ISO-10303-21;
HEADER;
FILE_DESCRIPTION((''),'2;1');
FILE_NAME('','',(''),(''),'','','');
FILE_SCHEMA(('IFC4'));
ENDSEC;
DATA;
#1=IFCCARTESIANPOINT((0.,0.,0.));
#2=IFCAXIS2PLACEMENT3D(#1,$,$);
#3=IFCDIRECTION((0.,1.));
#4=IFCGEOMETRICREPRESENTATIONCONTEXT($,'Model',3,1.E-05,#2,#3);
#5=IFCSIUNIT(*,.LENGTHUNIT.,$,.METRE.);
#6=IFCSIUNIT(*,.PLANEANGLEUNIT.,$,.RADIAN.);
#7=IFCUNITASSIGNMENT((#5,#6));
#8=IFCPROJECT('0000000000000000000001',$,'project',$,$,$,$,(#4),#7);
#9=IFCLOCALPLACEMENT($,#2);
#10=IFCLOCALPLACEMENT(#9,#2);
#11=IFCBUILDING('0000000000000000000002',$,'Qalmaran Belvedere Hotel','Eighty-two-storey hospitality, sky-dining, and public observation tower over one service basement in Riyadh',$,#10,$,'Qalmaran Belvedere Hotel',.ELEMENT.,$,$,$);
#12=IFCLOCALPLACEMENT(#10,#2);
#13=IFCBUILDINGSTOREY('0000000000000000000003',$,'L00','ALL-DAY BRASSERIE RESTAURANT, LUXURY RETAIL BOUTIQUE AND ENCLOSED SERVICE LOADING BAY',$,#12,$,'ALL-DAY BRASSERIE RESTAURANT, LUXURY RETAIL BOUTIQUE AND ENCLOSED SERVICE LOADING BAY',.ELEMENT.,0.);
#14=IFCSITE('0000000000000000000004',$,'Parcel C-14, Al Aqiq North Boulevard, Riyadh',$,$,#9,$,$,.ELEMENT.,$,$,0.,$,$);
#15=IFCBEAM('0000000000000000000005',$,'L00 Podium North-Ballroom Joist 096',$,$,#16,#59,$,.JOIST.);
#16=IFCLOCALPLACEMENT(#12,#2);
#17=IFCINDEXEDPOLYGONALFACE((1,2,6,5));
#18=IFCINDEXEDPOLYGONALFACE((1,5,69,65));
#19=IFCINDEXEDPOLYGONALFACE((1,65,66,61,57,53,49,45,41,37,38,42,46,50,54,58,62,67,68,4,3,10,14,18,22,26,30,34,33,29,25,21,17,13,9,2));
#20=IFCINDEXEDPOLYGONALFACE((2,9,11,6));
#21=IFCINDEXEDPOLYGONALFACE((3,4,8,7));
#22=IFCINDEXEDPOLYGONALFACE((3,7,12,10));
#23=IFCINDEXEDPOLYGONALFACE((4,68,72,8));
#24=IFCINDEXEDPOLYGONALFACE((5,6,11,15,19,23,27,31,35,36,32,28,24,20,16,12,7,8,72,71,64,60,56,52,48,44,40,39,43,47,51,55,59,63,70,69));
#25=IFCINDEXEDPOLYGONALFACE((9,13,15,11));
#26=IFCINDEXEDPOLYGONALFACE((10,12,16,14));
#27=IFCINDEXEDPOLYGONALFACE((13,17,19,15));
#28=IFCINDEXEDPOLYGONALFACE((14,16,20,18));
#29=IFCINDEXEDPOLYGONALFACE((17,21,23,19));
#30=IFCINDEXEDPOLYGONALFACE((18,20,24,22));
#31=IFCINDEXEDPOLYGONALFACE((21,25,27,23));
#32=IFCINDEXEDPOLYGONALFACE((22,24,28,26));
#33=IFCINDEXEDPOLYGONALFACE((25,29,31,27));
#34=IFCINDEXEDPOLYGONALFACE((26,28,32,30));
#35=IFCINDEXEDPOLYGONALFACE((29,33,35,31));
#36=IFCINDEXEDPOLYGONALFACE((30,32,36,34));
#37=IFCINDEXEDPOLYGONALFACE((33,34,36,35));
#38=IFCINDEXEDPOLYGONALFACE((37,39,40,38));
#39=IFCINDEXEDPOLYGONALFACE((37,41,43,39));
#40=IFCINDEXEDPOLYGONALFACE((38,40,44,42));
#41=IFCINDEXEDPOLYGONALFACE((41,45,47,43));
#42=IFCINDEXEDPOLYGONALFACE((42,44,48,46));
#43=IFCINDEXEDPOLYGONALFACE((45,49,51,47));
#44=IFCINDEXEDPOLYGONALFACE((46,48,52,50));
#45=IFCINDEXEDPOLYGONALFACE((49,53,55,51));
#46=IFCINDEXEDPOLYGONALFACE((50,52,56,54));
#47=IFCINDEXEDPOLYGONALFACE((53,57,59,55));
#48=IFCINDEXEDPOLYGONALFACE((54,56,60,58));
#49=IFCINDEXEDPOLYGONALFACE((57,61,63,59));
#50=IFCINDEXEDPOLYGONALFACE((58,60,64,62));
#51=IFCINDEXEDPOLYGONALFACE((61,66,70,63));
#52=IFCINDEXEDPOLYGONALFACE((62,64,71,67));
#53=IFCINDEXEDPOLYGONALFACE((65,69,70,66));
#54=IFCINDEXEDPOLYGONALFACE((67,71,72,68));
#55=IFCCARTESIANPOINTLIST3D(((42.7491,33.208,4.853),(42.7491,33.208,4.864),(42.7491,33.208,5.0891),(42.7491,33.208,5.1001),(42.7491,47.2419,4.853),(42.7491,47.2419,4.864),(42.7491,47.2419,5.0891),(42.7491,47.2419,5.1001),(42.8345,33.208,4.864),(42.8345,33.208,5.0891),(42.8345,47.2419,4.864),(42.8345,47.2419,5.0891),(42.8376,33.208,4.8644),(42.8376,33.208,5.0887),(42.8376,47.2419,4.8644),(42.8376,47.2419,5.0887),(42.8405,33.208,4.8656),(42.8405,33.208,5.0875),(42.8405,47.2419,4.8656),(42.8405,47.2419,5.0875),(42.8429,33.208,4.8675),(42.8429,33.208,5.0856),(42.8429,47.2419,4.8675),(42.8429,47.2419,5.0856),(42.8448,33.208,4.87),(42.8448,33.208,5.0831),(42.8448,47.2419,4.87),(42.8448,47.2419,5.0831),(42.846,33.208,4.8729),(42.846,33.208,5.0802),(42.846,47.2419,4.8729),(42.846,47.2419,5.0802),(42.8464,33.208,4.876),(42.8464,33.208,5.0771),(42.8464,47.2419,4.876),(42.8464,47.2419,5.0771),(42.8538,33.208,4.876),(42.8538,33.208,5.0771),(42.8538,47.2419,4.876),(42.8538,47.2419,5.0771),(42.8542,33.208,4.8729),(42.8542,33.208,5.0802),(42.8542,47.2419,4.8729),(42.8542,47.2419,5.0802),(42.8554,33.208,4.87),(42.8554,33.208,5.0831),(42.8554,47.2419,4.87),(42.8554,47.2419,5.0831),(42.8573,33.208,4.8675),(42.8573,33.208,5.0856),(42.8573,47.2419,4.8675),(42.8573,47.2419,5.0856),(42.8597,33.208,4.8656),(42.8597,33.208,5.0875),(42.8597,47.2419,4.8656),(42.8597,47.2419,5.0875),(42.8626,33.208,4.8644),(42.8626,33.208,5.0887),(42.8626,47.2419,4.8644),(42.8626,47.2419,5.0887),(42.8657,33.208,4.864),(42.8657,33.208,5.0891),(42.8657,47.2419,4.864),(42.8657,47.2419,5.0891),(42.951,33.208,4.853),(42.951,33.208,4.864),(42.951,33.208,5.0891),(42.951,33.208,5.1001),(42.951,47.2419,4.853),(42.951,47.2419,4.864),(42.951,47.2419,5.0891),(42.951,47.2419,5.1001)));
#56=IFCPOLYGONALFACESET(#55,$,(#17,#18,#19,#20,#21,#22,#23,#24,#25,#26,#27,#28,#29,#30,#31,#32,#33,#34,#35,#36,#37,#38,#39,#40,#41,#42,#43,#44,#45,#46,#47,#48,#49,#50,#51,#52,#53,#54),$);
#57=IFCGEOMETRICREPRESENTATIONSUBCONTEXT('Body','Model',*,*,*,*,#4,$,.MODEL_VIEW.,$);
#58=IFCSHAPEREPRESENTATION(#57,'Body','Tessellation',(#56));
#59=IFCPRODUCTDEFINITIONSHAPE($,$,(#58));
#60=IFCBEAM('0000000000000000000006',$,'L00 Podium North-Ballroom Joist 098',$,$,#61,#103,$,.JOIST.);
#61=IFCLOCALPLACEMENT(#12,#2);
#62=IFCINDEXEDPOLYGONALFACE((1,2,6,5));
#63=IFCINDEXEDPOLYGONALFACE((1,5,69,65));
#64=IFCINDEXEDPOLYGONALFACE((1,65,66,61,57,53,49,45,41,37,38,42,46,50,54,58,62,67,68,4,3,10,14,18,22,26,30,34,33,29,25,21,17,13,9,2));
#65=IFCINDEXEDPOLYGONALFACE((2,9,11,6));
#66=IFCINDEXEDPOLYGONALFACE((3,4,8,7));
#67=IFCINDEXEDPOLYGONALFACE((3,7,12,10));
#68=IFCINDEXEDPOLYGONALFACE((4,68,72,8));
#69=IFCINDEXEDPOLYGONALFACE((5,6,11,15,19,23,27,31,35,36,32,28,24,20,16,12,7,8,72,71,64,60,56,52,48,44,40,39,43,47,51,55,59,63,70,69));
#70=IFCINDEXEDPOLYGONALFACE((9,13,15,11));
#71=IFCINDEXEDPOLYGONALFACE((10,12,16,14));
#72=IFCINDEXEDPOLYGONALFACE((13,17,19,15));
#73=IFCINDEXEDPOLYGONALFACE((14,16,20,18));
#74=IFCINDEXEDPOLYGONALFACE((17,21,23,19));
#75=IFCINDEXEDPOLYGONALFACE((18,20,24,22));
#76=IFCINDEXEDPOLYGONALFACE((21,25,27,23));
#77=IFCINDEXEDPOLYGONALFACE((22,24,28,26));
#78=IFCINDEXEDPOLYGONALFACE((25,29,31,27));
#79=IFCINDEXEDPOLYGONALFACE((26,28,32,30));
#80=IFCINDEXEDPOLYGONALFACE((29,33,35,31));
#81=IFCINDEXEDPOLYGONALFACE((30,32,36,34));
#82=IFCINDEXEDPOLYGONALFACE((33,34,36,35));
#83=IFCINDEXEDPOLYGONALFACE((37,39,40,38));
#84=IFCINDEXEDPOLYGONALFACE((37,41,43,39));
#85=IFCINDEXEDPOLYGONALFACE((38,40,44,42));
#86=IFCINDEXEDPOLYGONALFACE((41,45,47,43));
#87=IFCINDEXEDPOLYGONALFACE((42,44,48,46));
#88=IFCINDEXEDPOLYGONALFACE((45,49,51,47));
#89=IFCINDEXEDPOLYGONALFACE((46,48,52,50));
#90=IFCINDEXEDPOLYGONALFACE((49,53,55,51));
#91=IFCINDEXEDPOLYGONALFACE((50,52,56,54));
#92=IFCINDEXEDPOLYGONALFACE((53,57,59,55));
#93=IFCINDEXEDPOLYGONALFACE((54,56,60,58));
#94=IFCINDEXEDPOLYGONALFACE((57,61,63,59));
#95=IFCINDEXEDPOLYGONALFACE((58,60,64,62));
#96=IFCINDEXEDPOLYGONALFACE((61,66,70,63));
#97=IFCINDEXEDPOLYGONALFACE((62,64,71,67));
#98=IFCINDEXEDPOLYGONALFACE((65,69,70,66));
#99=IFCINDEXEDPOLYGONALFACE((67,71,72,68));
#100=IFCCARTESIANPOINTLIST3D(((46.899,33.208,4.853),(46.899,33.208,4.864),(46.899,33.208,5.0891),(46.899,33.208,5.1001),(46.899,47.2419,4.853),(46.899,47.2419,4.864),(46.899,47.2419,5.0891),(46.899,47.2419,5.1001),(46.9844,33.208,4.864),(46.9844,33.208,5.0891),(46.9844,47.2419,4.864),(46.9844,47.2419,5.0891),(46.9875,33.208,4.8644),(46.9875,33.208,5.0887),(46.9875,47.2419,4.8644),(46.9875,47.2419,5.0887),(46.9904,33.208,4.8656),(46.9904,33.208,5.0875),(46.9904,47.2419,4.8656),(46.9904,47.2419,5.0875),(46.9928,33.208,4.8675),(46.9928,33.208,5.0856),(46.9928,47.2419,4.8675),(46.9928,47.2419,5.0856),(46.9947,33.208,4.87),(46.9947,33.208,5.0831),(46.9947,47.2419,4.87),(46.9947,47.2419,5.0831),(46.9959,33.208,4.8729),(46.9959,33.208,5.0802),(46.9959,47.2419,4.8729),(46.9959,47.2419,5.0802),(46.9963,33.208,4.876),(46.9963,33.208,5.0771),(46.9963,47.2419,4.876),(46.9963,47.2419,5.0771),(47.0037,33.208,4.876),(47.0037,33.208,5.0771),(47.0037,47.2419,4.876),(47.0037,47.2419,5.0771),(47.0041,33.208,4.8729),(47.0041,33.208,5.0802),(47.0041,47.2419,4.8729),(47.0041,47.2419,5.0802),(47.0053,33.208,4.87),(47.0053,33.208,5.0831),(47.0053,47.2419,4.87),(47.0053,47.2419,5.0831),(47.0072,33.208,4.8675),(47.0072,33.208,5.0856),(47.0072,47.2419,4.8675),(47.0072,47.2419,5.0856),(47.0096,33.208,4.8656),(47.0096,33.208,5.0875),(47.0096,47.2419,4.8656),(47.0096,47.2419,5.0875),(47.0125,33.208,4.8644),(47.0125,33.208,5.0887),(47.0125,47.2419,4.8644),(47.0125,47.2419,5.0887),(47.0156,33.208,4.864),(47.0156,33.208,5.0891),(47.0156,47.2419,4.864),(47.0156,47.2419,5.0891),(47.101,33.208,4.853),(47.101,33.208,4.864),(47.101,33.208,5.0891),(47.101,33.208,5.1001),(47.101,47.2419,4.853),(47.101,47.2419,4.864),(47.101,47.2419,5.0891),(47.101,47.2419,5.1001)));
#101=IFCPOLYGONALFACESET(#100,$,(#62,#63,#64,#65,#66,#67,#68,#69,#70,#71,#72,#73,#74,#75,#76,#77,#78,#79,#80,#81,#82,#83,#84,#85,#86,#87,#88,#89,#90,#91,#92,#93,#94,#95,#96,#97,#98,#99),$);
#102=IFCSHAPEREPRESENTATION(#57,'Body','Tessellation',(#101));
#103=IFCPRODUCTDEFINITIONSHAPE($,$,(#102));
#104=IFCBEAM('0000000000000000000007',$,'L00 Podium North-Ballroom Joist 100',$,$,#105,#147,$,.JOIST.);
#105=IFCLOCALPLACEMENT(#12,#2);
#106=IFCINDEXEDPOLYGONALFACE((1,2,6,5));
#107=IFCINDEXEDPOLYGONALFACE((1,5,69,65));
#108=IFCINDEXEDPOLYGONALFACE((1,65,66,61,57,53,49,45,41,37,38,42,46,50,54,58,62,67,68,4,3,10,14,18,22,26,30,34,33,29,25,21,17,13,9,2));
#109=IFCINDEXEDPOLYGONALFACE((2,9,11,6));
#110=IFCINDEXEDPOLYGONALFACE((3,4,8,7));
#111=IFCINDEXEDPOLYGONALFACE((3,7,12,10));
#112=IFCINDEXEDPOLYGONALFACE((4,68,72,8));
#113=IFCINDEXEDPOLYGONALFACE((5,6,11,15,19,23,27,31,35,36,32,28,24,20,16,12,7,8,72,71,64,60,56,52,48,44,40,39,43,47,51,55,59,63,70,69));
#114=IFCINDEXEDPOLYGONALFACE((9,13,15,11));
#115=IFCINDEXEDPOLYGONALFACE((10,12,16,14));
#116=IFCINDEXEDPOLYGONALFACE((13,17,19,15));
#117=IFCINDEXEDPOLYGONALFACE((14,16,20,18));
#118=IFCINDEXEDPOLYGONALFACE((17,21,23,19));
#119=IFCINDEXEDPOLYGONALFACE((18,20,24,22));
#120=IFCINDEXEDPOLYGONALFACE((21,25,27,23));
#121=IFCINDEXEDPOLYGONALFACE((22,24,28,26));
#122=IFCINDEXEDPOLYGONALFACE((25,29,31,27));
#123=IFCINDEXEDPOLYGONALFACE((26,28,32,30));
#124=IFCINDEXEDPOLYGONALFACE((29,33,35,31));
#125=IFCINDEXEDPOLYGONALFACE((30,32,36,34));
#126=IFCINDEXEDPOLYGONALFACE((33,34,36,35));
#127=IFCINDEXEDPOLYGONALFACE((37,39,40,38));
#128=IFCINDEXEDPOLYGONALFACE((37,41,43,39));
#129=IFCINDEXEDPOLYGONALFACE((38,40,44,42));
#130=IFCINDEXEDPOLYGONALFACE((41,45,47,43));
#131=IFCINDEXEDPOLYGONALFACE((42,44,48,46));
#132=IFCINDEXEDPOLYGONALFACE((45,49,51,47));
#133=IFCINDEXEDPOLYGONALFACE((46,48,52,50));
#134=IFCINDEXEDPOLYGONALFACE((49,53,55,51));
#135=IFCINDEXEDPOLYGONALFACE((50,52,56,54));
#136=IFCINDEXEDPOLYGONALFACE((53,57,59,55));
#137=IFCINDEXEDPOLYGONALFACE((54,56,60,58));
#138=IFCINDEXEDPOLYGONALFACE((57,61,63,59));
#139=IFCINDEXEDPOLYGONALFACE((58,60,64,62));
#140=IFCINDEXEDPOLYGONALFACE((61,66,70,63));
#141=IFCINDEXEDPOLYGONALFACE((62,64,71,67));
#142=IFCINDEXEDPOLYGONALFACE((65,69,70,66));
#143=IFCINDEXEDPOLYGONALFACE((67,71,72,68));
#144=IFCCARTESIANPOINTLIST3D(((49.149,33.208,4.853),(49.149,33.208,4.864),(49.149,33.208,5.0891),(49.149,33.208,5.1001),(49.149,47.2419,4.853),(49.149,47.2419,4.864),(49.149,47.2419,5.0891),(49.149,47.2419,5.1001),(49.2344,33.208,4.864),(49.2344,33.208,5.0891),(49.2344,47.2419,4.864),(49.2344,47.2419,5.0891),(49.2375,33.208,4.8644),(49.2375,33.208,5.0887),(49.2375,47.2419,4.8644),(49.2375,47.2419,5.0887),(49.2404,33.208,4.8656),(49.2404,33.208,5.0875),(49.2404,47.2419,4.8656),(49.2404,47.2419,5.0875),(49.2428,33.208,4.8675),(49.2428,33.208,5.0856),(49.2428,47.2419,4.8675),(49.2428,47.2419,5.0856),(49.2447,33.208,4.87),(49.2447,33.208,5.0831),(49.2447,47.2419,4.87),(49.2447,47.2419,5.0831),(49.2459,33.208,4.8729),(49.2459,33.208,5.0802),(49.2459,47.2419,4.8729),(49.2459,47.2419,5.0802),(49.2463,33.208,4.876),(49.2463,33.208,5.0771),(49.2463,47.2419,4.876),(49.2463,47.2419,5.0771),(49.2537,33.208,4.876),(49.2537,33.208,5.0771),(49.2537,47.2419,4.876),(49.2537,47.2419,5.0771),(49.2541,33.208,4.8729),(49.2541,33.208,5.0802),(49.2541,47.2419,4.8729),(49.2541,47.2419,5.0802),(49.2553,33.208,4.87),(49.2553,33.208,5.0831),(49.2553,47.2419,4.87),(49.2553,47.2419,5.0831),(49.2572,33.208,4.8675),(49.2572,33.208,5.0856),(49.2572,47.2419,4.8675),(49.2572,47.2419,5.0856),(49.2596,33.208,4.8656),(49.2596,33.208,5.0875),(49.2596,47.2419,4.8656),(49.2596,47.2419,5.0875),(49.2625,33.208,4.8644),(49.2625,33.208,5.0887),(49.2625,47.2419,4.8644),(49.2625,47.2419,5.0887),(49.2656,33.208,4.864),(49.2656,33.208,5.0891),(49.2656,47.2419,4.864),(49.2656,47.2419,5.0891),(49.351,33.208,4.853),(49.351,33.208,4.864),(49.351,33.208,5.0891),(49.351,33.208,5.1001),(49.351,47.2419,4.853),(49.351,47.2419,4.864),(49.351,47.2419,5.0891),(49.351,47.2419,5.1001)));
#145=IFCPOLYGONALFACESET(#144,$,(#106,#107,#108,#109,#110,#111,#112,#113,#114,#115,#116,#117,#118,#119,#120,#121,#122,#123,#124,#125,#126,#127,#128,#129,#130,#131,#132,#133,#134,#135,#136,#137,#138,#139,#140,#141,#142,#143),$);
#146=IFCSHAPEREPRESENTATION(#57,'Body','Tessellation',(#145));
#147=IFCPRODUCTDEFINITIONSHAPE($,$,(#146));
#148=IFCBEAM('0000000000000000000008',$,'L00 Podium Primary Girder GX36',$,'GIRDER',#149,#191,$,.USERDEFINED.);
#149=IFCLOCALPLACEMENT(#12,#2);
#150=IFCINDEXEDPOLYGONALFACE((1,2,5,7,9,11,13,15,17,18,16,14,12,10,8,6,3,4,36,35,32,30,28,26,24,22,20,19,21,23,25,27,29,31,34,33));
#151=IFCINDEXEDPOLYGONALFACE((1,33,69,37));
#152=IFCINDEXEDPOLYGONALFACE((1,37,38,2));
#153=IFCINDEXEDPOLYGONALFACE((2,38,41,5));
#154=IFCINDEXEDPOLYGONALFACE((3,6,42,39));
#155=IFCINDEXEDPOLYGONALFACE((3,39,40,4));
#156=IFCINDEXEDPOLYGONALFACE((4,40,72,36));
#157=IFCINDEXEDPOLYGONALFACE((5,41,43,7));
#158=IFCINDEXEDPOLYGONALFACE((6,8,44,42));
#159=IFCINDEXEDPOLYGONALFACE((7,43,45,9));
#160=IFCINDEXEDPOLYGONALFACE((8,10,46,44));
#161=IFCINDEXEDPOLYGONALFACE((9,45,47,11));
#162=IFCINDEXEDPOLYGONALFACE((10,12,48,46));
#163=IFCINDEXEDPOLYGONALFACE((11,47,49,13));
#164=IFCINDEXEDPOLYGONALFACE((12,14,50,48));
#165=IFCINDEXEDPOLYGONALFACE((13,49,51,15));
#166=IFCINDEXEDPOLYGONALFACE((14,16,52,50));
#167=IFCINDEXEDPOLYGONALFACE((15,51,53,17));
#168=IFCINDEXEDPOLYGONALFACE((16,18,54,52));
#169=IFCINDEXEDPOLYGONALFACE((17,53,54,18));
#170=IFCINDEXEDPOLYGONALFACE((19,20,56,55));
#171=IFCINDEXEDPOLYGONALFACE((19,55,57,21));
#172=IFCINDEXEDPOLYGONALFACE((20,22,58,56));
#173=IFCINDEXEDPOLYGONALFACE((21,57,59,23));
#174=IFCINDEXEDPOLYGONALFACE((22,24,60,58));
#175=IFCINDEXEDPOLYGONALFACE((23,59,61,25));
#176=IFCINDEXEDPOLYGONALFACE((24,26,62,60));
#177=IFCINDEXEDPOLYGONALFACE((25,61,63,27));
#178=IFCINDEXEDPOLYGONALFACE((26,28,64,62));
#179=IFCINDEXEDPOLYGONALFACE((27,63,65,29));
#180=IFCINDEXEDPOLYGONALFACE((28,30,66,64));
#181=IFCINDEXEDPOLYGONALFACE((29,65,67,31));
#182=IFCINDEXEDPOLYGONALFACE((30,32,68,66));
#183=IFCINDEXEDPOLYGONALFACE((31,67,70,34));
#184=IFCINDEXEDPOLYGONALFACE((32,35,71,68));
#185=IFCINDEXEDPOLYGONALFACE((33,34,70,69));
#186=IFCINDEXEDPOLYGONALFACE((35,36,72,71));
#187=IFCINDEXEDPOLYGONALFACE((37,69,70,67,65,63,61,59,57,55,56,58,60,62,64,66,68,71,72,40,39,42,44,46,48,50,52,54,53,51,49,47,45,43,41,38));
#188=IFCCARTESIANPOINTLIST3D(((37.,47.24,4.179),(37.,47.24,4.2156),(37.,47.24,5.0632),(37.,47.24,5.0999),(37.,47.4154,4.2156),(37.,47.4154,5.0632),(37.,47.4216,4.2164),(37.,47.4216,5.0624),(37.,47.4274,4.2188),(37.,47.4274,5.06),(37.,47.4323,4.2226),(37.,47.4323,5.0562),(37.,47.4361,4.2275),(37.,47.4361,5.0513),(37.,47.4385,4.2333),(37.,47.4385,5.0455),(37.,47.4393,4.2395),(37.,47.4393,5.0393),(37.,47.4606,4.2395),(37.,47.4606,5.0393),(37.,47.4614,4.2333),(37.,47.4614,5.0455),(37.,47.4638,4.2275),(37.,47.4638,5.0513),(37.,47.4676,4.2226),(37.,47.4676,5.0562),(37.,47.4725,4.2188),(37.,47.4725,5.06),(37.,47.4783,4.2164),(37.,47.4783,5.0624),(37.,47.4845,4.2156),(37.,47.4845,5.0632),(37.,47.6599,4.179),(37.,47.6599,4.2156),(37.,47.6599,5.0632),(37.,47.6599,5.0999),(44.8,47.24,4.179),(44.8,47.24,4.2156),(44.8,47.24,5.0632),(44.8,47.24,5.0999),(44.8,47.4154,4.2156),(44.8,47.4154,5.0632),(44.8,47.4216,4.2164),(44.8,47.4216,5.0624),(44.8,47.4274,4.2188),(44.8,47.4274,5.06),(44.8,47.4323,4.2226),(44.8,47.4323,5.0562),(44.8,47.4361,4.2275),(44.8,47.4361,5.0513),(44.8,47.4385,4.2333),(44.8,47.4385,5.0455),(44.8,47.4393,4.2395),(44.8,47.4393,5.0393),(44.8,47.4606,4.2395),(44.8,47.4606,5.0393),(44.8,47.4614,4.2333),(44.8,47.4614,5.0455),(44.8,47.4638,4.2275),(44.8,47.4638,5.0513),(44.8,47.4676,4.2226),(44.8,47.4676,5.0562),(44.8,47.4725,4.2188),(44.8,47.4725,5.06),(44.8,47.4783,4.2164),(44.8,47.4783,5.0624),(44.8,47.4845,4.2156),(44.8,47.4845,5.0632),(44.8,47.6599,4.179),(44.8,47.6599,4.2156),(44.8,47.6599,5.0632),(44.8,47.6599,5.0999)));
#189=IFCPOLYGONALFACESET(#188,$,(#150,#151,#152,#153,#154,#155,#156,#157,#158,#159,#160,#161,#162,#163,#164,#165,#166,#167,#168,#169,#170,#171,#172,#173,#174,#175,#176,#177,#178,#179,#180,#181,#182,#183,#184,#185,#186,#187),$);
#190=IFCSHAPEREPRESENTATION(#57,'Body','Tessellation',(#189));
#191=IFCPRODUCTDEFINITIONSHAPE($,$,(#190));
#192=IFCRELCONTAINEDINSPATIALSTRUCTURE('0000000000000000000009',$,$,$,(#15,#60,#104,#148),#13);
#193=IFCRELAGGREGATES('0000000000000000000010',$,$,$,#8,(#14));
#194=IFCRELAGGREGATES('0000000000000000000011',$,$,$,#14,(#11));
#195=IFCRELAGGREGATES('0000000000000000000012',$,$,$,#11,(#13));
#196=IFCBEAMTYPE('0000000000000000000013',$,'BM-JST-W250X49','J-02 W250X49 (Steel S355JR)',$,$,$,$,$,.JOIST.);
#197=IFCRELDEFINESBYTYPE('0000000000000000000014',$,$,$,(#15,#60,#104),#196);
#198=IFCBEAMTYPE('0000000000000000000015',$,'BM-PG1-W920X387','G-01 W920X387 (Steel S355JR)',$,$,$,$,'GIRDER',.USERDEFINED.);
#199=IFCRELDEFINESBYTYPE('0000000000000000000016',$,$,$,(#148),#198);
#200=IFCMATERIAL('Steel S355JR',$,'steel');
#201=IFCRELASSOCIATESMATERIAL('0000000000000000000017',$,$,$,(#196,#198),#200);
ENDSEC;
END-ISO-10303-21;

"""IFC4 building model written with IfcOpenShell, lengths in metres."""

from ifc_helpers import new_model, si_unit, direction, frame, origin, origin_2d, place, context, subcontext, project, spatial, i_section, extrude, material, material_profile, profile_set, type_object, element, save


model = new_model("IFC4")

# Units and contexts
model_context = context("Model", 3, precision=1e-05, world=origin(), true_north=direction((0.0, 1.0)))
body_context = subcontext(model_context, "Body", "Model", "MODEL_VIEW")
ifc_project = project(units=[si_unit("LENGTHUNIT", "METRE"), si_unit("PLANEANGLEUNIT", "RADIAN")], contexts=[model_context])

# Site, building, storey
site_placement = place(None, origin())
site = spatial("IfcSite", under=ifc_project, at=site_placement, Name="Parcel C-14, Al Aqiq North Boulevard, Riyadh", CompositionType="ELEMENT", RefElevation=0.0)
building_placement = place(site_placement, origin())
building = spatial("IfcBuilding", under=site, at=building_placement, Name="Qalmaran Belvedere Hotel", Description="Eighty-two-storey hospitality, sky-dining, and public observation tower over one service basement in Riyadh", LongName="Qalmaran Belvedere Hotel", CompositionType="ELEMENT")
storey_placement = place(building_placement, origin())
storey = spatial("IfcBuildingStorey", under=building, at=storey_placement, Name="L00", Description="ALL-DAY BRASSERIE RESTAURANT, LUXURY RETAIL BOUTIQUE AND ENCLOSED SERVICE LOADING BAY", LongName="ALL-DAY BRASSERIE RESTAURANT, LUXURY RETAIL BOUTIQUE AND ENCLOSED SERVICE LOADING BAY", CompositionType="ELEMENT", Elevation=0.0)

# Beams
ifc_material_1 = material(Name="Steel S355JR", Category="steel")
ifc_material_profile_1 = material_profile(ifc_material_1, i_section(OverallWidth=0.2019, OverallDepth=0.2471, WebThickness=0.0073, FlangeThickness=0.011, FilletRadius=0.012, at=origin_2d()), Name="W250X49")
ifc_profile_set_1 = profile_set([ifc_material_profile_1], Name="Steel S355JR")
beam_type_1 = type_object("IfcBeamType", Name="BM-JST-W250X49", Description="J-02 W250X49 (Steel S355JR)", PredefinedType="JOIST", material=ifc_profile_set_1)
for number, where, z_axis, x_axis, name in (
    (1, (42.8501, 33.208, 4.9766), (0.0, 1.0, 0.0), (-1.0, 0.0, 0.0), "L00 Podium North-Ballroom Joist 096"),
    (2, (47.0, 33.208, 4.9766), (0.0, 1.0, 0.0), (-1.0, 0.0, 0.0), "L00 Podium North-Ballroom Joist 098"),
    (3, (49.25, 33.208, 4.9766), (0.0, 1.0, 0.0), (-1.0, 0.0, 0.0), "L00 Podium North-Ballroom Joist 100"),
):
    element("IfcBeam", number, at=place(storey_placement, frame(where, z_axis=z_axis, x_axis=x_axis)), inside=storey, type_object=beam_type_1, Name=name, PredefinedType="JOIST", context=body_context, shape_type="SweptSolid", body=[
        extrude(i_section(OverallWidth=0.2019, OverallDepth=0.2471, WebThickness=0.0073, FlangeThickness=0.011, FilletRadius=0.012, at=origin_2d()), origin(), (0.0, 0.0, 1.0), 14.0339),
    ])
ifc_material_profile_2 = material_profile(ifc_material_1, i_section(OverallWidth=0.4199, OverallDepth=0.9209, WebThickness=0.0212, FlangeThickness=0.0366, FilletRadius=0.0239, at=origin_2d()), Name="W920X387")
ifc_profile_set_2 = profile_set([ifc_material_profile_2], Name="Steel S355JR")
beam_type_2 = type_object("IfcBeamType", Name="BM-PG1-W920X387", Description="G-01 W920X387 (Steel S355JR)", ElementType="GIRDER", PredefinedType="USERDEFINED", material=ifc_profile_set_2)
beam_1_placement = place(storey_placement, frame((37.0, 47.45, 4.6394), z_axis=(1.0, 0.0, 0.0), x_axis=(0.0, 1.0, 0.0)))
element("IfcBeam", 4, at=beam_1_placement, inside=storey, type_object=beam_type_2, Name="L00 Podium Primary Girder GX36", ObjectType="GIRDER", PredefinedType="USERDEFINED", context=body_context, shape_type="SweptSolid", body=[
    extrude(i_section(OverallWidth=0.4199, OverallDepth=0.9209, WebThickness=0.0212, FlangeThickness=0.0366, FilletRadius=0.0239, at=origin_2d()), origin(), (0.0, 0.0, 1.0), 7.8),
])

save(model, "model.ifc")
